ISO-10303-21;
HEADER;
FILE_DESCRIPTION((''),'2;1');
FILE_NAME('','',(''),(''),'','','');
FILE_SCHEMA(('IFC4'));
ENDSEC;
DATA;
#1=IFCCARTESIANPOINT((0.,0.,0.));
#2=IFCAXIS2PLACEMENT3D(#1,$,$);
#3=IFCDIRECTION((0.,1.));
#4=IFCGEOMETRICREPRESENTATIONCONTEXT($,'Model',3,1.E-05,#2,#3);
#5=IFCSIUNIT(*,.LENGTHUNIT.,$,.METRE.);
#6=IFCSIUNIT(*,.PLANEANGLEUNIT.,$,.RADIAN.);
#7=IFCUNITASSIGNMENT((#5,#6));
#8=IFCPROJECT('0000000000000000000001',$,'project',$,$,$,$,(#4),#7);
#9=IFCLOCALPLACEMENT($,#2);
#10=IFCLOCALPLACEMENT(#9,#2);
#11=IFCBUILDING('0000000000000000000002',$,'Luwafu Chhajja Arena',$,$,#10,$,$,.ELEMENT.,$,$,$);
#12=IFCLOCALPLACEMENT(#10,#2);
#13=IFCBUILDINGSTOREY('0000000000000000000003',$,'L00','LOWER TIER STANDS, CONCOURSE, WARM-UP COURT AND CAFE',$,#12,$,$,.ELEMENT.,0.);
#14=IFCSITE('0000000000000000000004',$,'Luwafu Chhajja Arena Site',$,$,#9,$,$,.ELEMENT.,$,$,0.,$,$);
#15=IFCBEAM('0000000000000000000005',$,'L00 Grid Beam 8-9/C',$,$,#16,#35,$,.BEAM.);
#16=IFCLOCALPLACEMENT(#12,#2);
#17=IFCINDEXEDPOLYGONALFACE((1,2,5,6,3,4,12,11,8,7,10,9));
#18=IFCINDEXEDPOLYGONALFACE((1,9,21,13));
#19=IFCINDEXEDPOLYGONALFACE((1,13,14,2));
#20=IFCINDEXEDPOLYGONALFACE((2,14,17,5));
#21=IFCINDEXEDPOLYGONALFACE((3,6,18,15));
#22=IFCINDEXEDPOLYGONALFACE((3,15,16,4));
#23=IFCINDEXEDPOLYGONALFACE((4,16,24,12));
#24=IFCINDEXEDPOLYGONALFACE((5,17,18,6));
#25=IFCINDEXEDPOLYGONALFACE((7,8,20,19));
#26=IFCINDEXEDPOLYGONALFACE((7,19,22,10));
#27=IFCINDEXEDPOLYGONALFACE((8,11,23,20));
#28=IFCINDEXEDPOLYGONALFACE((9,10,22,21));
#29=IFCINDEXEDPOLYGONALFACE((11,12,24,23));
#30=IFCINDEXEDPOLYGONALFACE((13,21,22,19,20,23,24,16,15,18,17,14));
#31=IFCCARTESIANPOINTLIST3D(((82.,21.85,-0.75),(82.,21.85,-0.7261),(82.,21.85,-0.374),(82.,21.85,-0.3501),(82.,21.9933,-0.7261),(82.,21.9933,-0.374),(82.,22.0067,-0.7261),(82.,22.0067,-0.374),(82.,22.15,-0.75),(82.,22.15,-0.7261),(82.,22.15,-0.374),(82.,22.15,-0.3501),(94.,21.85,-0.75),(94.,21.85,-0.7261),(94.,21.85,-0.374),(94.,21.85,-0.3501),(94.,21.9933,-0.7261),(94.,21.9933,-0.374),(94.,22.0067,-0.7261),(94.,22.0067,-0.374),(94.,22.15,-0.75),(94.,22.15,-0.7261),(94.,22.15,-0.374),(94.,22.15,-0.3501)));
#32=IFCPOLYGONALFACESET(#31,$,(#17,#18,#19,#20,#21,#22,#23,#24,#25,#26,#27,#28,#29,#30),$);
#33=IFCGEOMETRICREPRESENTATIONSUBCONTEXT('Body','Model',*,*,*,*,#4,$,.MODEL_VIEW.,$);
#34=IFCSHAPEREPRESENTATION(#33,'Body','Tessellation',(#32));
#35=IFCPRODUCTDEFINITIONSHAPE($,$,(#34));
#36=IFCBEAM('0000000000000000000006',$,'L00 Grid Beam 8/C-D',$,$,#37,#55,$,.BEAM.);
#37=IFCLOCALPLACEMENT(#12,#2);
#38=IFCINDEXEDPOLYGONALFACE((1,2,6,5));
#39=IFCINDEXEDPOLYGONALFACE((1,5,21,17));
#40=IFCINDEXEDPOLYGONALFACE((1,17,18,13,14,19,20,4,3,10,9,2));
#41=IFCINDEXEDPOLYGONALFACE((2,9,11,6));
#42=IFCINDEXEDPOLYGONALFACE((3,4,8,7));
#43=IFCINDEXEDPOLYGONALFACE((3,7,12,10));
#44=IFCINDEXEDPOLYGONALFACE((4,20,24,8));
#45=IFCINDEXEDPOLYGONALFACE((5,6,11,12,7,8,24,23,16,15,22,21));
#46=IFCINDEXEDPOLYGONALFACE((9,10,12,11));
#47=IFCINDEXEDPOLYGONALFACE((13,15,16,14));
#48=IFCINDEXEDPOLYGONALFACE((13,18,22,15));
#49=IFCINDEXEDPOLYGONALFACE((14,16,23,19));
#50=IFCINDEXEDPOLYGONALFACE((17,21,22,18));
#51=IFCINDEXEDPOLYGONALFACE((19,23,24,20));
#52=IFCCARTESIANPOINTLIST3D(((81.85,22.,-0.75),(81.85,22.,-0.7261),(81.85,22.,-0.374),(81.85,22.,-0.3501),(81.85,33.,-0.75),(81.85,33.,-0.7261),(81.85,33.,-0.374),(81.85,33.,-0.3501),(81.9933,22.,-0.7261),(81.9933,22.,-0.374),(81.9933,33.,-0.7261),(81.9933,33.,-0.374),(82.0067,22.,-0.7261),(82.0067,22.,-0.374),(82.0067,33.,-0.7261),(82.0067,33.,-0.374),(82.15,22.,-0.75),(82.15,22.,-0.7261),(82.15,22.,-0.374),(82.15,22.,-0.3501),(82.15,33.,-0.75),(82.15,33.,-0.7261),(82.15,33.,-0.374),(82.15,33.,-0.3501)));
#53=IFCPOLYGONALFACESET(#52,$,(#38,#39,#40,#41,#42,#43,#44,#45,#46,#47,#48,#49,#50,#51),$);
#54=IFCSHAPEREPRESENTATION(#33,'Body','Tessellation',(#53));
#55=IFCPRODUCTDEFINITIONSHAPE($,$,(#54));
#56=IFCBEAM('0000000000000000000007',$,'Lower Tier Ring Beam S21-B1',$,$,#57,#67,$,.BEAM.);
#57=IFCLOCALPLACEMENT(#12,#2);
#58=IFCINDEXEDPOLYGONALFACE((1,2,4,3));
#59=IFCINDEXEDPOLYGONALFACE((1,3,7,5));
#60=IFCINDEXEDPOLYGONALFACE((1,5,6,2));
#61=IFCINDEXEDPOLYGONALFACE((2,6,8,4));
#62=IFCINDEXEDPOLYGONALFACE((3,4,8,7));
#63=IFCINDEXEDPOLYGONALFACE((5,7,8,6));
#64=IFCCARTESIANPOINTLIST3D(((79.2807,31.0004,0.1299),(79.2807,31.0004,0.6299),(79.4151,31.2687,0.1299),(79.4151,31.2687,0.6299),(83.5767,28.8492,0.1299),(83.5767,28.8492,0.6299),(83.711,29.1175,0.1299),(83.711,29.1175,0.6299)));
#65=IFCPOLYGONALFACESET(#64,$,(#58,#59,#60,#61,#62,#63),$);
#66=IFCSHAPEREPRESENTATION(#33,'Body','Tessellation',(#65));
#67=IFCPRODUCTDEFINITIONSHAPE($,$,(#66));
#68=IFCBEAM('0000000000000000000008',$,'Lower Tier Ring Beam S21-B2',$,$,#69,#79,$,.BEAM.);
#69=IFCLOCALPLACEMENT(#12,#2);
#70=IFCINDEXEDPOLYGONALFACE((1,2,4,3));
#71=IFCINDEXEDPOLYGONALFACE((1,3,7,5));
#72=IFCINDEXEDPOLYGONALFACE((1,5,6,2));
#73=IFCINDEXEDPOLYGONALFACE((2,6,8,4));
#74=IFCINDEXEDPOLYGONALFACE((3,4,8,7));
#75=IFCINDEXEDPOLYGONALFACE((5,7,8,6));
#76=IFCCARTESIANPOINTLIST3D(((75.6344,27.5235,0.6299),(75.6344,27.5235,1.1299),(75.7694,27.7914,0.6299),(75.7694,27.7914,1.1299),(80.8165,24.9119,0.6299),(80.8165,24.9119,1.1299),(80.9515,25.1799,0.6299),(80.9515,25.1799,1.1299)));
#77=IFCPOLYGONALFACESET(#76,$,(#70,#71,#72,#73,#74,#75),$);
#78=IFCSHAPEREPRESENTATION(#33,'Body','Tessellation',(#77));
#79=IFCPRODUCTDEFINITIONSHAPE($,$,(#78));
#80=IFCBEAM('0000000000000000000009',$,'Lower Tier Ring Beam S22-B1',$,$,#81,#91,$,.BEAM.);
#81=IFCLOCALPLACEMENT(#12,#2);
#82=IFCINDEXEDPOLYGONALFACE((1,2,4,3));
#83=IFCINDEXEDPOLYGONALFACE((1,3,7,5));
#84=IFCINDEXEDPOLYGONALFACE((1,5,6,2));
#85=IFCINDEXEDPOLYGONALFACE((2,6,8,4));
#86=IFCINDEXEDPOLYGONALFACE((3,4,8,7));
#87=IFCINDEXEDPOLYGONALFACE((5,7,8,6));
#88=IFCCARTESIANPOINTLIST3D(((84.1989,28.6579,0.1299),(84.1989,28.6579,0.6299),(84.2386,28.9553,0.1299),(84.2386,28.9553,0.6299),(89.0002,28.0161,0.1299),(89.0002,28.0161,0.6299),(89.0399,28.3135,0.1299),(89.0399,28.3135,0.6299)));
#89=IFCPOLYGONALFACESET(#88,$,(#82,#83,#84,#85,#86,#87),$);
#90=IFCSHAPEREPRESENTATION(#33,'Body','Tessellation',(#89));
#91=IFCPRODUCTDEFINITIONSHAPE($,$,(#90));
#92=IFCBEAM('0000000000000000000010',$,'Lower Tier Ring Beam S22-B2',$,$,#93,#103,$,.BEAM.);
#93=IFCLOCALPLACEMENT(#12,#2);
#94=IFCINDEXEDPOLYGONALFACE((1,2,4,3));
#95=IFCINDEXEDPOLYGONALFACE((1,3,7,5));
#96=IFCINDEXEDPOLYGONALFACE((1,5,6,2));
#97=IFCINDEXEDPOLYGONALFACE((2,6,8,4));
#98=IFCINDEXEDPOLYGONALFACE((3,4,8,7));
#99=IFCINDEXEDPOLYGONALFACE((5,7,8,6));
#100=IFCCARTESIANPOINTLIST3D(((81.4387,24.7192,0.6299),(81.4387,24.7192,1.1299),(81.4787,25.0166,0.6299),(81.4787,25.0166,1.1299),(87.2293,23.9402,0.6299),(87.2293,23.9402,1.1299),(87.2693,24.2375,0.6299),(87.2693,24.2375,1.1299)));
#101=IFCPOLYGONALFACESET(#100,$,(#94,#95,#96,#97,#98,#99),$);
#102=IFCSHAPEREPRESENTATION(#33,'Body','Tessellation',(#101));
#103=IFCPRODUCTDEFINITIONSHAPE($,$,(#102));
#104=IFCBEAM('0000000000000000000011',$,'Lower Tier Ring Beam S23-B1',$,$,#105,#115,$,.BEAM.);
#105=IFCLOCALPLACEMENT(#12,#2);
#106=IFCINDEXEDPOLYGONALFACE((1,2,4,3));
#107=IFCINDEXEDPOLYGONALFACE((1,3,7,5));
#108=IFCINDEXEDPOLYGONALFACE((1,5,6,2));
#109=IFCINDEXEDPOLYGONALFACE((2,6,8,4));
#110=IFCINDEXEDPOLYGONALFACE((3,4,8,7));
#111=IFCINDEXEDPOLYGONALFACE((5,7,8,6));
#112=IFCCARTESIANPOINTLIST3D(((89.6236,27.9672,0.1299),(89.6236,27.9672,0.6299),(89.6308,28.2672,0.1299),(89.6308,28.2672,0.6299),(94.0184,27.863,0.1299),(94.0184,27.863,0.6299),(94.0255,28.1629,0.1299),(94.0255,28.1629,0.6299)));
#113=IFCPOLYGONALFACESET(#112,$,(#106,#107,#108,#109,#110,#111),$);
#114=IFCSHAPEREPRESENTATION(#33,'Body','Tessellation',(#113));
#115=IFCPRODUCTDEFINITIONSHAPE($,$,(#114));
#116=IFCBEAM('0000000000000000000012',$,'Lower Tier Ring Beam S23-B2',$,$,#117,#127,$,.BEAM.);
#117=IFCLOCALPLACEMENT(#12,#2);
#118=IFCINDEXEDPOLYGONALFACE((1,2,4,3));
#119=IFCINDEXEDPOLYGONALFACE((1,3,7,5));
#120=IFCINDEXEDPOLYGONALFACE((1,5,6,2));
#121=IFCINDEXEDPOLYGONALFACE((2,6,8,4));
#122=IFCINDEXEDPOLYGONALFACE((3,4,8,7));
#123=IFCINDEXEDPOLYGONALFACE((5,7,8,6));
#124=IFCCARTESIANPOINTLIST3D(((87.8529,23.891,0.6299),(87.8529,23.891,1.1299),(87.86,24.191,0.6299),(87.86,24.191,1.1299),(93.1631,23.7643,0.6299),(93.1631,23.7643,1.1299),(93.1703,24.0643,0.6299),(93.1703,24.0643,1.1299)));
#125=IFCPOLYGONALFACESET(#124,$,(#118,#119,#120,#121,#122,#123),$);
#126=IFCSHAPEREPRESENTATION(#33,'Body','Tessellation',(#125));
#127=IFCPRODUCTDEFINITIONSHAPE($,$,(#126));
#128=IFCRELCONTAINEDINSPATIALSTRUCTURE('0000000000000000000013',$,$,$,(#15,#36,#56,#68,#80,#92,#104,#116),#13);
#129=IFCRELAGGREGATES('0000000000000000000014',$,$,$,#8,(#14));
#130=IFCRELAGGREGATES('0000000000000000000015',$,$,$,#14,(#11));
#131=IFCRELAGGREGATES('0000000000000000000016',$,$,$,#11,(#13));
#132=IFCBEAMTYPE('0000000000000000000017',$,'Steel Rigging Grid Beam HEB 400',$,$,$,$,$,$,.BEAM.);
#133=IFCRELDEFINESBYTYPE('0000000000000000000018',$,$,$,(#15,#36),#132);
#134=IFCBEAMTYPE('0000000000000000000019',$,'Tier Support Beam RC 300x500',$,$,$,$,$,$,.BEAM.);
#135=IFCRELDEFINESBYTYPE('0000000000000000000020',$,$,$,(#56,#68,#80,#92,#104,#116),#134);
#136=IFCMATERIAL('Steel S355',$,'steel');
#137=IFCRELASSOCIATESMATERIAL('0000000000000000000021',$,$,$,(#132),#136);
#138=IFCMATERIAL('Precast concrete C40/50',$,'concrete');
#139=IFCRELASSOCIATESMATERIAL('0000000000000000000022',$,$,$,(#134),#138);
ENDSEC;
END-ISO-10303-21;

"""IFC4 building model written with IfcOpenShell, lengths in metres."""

from ifc_helpers import new_model, si_unit, direction, frame, origin, origin_2d, place, context, subcontext, project, spatial, rectangle, i_section, extrude, material, material_profile, profile_set, type_object, element, save


model = new_model("IFC4")

# Units and contexts
model_context = context("Model", 3, precision=1e-05, world=origin(), true_north=direction((0.0, 1.0)))
body_context = subcontext(model_context, "Body", "Model", "MODEL_VIEW")
ifc_project = project(units=[si_unit("LENGTHUNIT", "METRE"), si_unit("PLANEANGLEUNIT", "RADIAN")], contexts=[model_context])

# Site, building, storey
site_placement = place(None, origin())
site = spatial("IfcSite", under=ifc_project, at=site_placement, Name="Luwafu Chhajja Arena Site", CompositionType="ELEMENT", RefElevation=0.0)
building_placement = place(site_placement, origin())
building = spatial("IfcBuilding", under=site, at=building_placement, Name="Luwafu Chhajja Arena", CompositionType="ELEMENT")
storey_placement = place(building_placement, origin())
storey = spatial("IfcBuildingStorey", under=building, at=storey_placement, Name="L00", Description="LOWER TIER STANDS, CONCOURSE, WARM-UP COURT AND CAFE", CompositionType="ELEMENT", Elevation=0.0)

# Beams
ifc_material_1 = material(Name="Precast concrete C40/50", Category="concrete")
ifc_material_2 = material(Name="Steel S355", Category="steel")
ifc_material_profile_1 = material_profile(ifc_material_2, i_section(OverallWidth=0.3, OverallDepth=0.3999, WebThickness=0.0134, FlangeThickness=0.0239, at=origin_2d()), Name="HEB 400")
ifc_profile_set_1 = profile_set([ifc_material_profile_1], Name="Steel S355")
beam_type_1 = type_object("IfcBeamType", Name="Steel Rigging Grid Beam HEB 400", PredefinedType="BEAM", material=ifc_profile_set_1)
beam_1_placement = place(storey_placement, frame((82.0, 22.0, -0.55), z_axis=(1.0, 0.0, 0.0), x_axis=(0.0, 1.0, 0.0)))
element("IfcBeam", 1, at=beam_1_placement, inside=storey, type_object=beam_type_1, Name="L00 Grid Beam 8-9/C", PredefinedType="BEAM", context=body_context, shape_type="SweptSolid", body=[
    extrude(i_section(OverallWidth=0.3, OverallDepth=0.3999, WebThickness=0.0134, FlangeThickness=0.0239, at=origin_2d()), origin(), (0.0, 0.0, 1.0), 12.0),
])
beam_2_placement = place(storey_placement, frame((82.0, 22.0, -0.55), z_axis=(0.0, 1.0, 0.0), x_axis=(-1.0, 0.0, 0.0)))
element("IfcBeam", 2, at=beam_2_placement, inside=storey, type_object=beam_type_1, Name="L00 Grid Beam 8/C-D", PredefinedType="BEAM", context=body_context, shape_type="SweptSolid", body=[
    extrude(i_section(OverallWidth=0.3, OverallDepth=0.3999, WebThickness=0.0134, FlangeThickness=0.0239, at=origin_2d()), origin(), (0.0, 0.0, 1.0), 11.0),
])
ifc_material_profile_2 = material_profile(ifc_material_1, rectangle(XDim=0.3, YDim=0.5, at=origin_2d()), Name="RC 300x500")
ifc_profile_set_2 = profile_set([ifc_material_profile_2], Name="Precast concrete C40/50")
beam_type_2 = type_object("IfcBeamType", Name="Tier Support Beam RC 300x500", PredefinedType="BEAM", material=ifc_profile_set_2)
beam_3_placement = place(storey_placement, frame((79.3479, 31.1345, 0.3799), z_axis=(0.894163, -0.447742, 0.0), x_axis=(0.447742, 0.894163, 0.0)))
element("IfcBeam", 3, at=beam_3_placement, inside=storey, type_object=beam_type_2, Name="Lower Tier Ring Beam S21-B1", PredefinedType="BEAM", context=body_context, shape_type="SweptSolid", body=[
    extrude(rectangle(XDim=0.3, YDim=0.5, at=origin_2d()), origin(), (0.0, 0.0, 1.0), 4.8044),
])
beam_4_placement = place(storey_placement, frame((75.7019, 27.6575, 0.8799), z_axis=(0.893009, -0.450039, 0.0), x_axis=(0.450039, 0.893009, 0.0)))
element("IfcBeam", 4, at=beam_4_placement, inside=storey, type_object=beam_type_2, Name="Lower Tier Ring Beam S21-B2", PredefinedType="BEAM", context=body_context, shape_type="SweptSolid", body=[
    extrude(rectangle(XDim=0.3, YDim=0.5, at=origin_2d()), origin(), (0.0, 0.0, 1.0), 5.803),
])
beam_5_placement = place(storey_placement, frame((84.2188, 28.8066, 0.3799), z_axis=(0.991183, -0.132504, 0.0), x_axis=(0.132504, 0.991183, 0.0)))
element("IfcBeam", 5, at=beam_5_placement, inside=storey, type_object=beam_type_2, Name="Lower Tier Ring Beam S22-B1", PredefinedType="BEAM", context=body_context, shape_type="SweptSolid", body=[
    extrude(rectangle(XDim=0.3, YDim=0.5, at=origin_2d()), origin(), (0.0, 0.0, 1.0), 4.844),
])
beam_6_placement = place(storey_placement, frame((81.4587, 24.8679, 0.8799), z_axis=(0.991071, -0.133338, 0.0), x_axis=(0.133338, 0.991071, 0.0)))
element("IfcBeam", 6, at=beam_6_placement, inside=storey, type_object=beam_type_2, Name="Lower Tier Ring Beam S22-B2", PredefinedType="BEAM", context=body_context, shape_type="SweptSolid", body=[
    extrude(rectangle(XDim=0.3, YDim=0.5, at=origin_2d()), origin(), (0.0, 0.0, 1.0), 5.8428),
])
beam_7_placement = place(storey_placement, frame((89.6272, 28.1172, 0.3799), z_axis=(0.999719, -0.023714, 0.0), x_axis=(0.023714, 0.999719, 0.0)))
element("IfcBeam", 7, at=beam_7_placement, inside=storey, type_object=beam_type_2, Name="Lower Tier Ring Beam S23-B1", PredefinedType="BEAM", context=body_context, shape_type="SweptSolid", body=[
    extrude(rectangle(XDim=0.3, YDim=0.5, at=origin_2d()), origin(), (0.0, 0.0, 1.0), 4.396),
])
beam_8_placement = place(storey_placement, frame((87.8564, 24.041, 0.8799), z_axis=(0.999715, -0.023854, 0.0), x_axis=(0.023854, 0.999715, 0.0)))
element("IfcBeam", 8, at=beam_8_placement, inside=storey, type_object=beam_type_2, Name="Lower Tier Ring Beam S23-B2", PredefinedType="BEAM", context=body_context, shape_type="SweptSolid", body=[
    extrude(rectangle(XDim=0.3, YDim=0.5, at=origin_2d()), origin(), (0.0, 0.0, 1.0), 5.3118),
])

save(model, "model.ifc")
